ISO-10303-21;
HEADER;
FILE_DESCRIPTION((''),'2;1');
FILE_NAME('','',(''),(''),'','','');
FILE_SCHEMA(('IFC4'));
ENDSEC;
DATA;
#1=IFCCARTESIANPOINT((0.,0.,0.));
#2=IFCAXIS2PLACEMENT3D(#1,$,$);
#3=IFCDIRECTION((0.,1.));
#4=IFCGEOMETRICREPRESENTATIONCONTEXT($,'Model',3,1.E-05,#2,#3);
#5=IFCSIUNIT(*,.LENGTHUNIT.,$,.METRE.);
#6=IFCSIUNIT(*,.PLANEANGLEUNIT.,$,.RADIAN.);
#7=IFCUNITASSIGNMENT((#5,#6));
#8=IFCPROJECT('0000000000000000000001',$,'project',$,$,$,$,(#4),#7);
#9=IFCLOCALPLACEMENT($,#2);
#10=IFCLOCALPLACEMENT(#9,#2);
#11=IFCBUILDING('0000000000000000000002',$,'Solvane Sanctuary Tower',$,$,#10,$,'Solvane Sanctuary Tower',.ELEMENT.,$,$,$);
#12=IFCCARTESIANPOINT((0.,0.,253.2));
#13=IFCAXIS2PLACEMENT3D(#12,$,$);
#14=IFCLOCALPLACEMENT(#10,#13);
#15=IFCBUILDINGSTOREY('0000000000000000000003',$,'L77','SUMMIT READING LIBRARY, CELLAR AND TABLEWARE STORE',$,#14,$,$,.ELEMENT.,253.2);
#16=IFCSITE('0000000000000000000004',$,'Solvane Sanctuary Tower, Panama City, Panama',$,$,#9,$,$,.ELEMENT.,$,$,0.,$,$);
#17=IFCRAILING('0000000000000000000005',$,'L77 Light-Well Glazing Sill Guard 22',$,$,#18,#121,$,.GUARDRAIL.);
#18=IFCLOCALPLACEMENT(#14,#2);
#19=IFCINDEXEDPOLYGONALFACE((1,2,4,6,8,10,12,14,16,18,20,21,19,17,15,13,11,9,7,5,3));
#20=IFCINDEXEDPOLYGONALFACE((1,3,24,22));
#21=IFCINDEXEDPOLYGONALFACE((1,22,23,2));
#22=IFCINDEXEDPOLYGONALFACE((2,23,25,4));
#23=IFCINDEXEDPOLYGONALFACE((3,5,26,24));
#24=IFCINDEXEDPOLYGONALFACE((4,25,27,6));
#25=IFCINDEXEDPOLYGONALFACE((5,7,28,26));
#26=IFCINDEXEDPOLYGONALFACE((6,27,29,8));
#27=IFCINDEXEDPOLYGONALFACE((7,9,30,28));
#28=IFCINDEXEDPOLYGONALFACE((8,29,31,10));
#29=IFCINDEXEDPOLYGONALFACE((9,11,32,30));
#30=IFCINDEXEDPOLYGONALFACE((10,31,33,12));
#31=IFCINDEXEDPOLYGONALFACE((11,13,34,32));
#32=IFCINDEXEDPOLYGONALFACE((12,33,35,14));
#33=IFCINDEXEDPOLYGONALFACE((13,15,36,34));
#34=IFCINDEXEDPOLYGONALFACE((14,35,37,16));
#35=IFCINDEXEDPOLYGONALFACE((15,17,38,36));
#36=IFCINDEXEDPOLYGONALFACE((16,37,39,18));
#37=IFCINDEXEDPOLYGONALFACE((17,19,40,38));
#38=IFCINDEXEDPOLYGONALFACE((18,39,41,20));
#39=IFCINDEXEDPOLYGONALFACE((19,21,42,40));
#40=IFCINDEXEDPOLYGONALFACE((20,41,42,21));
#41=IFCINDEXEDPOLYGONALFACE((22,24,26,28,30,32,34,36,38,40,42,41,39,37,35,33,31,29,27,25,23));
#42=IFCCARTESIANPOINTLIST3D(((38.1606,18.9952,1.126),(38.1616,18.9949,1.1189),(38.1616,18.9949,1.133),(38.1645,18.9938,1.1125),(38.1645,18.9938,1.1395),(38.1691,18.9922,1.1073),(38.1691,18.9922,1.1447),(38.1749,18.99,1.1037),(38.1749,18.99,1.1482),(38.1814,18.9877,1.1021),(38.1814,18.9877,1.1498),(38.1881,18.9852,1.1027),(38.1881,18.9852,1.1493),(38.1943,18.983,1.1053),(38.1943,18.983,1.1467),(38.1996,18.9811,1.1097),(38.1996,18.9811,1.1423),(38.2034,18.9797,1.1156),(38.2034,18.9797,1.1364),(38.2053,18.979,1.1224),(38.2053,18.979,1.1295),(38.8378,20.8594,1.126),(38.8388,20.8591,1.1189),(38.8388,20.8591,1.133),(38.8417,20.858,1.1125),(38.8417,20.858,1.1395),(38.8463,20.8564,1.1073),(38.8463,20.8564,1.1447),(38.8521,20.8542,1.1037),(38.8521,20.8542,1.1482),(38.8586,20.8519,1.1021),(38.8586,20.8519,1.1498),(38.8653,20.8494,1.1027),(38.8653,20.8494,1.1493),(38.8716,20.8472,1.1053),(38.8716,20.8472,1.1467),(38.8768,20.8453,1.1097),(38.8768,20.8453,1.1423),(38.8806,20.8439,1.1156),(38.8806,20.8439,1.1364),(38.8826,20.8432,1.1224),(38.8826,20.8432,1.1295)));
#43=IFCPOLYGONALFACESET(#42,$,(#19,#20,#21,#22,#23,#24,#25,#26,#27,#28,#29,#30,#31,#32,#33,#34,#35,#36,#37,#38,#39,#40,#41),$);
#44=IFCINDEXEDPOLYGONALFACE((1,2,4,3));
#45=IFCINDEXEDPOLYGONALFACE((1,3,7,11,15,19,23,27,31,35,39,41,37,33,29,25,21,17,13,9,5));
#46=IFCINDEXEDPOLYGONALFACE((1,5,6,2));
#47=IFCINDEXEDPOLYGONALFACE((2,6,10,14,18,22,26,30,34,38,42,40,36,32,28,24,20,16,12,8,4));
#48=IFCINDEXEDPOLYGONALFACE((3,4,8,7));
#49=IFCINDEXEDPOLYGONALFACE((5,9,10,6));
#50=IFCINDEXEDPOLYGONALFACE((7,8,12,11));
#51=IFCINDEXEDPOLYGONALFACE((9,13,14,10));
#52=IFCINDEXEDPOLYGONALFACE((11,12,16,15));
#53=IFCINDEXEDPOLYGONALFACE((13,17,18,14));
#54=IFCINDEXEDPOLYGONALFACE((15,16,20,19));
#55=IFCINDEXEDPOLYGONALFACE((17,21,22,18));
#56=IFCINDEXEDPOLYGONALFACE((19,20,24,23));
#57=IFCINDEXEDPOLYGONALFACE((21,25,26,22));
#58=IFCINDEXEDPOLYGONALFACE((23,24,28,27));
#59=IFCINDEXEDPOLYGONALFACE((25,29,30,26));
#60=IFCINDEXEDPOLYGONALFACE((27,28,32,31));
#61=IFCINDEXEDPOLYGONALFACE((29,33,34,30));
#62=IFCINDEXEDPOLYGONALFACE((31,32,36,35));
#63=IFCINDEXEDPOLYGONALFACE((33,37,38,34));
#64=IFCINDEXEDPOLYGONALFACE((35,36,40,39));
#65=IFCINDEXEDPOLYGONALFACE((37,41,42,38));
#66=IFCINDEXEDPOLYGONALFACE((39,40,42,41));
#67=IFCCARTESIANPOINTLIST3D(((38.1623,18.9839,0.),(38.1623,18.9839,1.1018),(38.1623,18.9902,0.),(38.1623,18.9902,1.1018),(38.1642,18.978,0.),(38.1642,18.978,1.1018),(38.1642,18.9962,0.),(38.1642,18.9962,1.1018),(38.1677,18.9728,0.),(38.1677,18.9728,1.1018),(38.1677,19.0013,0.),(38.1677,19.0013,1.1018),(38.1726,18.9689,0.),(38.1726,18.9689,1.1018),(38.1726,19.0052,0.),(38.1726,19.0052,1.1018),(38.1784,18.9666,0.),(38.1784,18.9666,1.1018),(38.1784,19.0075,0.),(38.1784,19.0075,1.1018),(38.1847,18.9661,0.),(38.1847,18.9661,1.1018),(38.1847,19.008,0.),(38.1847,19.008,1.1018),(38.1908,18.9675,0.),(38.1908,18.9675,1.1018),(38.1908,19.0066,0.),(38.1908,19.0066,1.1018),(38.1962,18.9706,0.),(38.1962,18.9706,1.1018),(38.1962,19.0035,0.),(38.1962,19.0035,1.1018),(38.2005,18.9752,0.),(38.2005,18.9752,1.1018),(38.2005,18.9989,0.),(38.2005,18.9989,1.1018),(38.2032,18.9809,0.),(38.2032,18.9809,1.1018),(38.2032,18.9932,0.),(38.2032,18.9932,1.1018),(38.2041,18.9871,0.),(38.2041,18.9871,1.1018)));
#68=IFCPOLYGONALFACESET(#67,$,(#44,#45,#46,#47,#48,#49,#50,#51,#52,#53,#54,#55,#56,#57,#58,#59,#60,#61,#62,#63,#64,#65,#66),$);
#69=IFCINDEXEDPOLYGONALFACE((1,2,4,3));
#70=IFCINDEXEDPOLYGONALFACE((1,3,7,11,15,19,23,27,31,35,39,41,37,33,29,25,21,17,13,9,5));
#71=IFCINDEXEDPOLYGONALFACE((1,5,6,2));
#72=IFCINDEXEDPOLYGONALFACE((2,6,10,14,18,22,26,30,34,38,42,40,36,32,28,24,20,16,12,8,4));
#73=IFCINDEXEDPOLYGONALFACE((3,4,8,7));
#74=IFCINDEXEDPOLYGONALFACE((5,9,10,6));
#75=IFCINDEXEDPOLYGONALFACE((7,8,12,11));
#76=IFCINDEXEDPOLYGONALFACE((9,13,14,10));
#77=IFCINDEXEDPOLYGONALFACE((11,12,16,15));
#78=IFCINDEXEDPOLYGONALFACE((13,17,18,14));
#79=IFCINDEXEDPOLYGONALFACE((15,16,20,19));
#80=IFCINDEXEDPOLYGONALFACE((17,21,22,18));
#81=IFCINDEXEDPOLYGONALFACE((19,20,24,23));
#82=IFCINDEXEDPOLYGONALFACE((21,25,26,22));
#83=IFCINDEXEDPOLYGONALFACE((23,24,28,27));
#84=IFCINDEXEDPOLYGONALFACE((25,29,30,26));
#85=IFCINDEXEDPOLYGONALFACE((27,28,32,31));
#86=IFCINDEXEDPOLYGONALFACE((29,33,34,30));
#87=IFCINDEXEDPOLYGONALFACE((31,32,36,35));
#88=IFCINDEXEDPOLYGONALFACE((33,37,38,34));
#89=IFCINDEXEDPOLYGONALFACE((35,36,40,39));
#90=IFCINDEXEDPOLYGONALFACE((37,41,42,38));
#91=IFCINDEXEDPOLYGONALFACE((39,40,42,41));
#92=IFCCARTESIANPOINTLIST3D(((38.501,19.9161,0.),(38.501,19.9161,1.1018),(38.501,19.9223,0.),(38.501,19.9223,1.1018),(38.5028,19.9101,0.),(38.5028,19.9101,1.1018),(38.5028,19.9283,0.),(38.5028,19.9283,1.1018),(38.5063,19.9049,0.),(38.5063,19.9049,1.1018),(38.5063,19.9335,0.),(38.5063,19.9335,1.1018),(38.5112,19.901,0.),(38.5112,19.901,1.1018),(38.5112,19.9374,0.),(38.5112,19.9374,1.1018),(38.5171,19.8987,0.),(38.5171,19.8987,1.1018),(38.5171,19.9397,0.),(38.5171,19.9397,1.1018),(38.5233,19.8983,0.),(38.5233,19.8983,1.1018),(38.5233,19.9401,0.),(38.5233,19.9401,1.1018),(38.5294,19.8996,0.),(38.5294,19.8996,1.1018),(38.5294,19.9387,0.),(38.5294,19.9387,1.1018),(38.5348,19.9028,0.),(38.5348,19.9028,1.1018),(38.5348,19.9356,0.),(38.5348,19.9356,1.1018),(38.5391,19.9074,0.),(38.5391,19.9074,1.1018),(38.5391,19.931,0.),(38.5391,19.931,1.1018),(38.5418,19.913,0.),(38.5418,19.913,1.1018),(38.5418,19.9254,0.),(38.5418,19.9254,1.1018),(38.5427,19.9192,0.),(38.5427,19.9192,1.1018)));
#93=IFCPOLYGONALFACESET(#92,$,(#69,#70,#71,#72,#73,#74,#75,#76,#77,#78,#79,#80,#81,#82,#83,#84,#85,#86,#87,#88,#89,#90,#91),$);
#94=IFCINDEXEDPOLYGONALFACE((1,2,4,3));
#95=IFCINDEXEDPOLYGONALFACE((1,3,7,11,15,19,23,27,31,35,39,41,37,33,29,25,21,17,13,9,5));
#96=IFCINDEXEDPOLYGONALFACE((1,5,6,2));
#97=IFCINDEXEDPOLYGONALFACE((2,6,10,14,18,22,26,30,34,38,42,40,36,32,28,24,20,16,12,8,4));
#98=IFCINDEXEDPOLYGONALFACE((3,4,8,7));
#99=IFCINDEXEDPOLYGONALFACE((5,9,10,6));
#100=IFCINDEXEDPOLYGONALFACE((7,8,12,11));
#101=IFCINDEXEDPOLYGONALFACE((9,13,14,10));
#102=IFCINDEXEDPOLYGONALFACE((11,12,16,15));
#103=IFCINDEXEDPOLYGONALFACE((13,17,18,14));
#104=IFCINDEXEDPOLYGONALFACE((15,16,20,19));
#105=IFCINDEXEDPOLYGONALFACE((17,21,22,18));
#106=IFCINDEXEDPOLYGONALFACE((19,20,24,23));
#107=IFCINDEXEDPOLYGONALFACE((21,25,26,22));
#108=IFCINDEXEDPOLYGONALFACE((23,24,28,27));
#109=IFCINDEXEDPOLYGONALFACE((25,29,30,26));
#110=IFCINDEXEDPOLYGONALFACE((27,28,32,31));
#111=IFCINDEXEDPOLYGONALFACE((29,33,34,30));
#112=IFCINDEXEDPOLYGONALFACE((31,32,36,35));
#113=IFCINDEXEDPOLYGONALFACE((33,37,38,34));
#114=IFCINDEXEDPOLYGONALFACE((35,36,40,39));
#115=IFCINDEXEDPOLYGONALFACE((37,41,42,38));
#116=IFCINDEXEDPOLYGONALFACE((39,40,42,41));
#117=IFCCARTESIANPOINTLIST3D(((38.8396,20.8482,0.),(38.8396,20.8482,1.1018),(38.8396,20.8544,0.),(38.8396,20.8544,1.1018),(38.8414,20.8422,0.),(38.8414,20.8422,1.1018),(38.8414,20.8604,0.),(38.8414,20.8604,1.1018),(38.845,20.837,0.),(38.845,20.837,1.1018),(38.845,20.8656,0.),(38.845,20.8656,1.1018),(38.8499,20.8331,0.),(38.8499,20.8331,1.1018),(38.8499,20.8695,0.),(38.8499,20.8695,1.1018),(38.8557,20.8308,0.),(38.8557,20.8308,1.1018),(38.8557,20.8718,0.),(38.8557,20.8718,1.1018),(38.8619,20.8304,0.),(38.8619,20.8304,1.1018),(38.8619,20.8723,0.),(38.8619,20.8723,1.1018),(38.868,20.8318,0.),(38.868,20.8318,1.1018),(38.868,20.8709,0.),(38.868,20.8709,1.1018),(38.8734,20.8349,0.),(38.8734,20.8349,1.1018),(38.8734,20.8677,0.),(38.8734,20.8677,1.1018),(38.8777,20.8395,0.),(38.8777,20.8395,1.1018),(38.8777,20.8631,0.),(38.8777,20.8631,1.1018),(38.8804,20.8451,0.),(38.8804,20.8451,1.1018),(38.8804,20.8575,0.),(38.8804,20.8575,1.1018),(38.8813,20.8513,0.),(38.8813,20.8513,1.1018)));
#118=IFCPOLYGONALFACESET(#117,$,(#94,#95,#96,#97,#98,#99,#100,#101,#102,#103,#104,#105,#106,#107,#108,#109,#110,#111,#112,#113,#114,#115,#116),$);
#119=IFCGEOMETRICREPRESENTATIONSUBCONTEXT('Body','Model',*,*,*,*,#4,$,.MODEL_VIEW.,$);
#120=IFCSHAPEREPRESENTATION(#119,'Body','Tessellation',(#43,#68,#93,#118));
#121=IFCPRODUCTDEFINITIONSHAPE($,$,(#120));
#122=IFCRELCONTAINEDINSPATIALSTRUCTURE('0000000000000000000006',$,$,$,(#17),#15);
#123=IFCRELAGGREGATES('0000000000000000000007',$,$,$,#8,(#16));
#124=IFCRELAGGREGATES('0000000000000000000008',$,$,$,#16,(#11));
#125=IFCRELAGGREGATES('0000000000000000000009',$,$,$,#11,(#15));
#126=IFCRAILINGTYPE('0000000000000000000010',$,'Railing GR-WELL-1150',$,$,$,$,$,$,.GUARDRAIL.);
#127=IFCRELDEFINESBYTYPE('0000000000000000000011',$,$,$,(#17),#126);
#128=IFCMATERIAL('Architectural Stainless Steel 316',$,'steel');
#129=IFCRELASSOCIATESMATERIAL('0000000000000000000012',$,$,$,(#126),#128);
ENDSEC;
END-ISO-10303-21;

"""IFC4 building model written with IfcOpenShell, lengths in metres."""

from ifc_helpers import new_model, si_unit, direction, frame, origin, origin_2d, place, context, subcontext, project, spatial, circle, extrude, material, type_object, element, save


model = new_model("IFC4")

# Units and contexts
model_context = context("Model", 3, precision=1e-05, world=origin(), true_north=direction((0.0, 1.0)))
body_context = subcontext(model_context, "Body", "Model", "MODEL_VIEW")
ifc_project = project(units=[si_unit("LENGTHUNIT", "METRE"), si_unit("PLANEANGLEUNIT", "RADIAN")], contexts=[model_context])

# Site, building, storey
site_placement = place(None, origin())
site = spatial("IfcSite", under=ifc_project, at=site_placement, Name="Solvane Sanctuary Tower, Panama City, Panama", CompositionType="ELEMENT", RefElevation=0.0)
building_placement = place(site_placement, origin())
building = spatial("IfcBuilding", under=site, at=building_placement, Name="Solvane Sanctuary Tower", LongName="Solvane Sanctuary Tower", CompositionType="ELEMENT")
storey_placement = place(building_placement, frame((0.0, 0.0, 253.2)))
storey = spatial("IfcBuildingStorey", under=building, at=storey_placement, Name="L77", Description="SUMMIT READING LIBRARY, CELLAR AND TABLEWARE STORE", CompositionType="ELEMENT", Elevation=253.2)

# Railing
ifc_material_1 = material(Name="Architectural Stainless Steel 316", Category="steel")
railing_type = type_object("IfcRailingType", Name="Railing GR-WELL-1150", PredefinedType="GUARDRAIL", material=ifc_material_1)
railing_1_placement = place(storey_placement, frame((38.1831, 18.9871, 0.0)))
element("IfcRailing", 1, at=railing_1_placement, inside=storey, type_object=railing_type, Name="L77 Light-Well Glazing Sill Guard 22", PredefinedType="GUARDRAIL", context=body_context, shape_type="SweptSolid", body=[
    extrude(circle(Radius=0.0239, at=origin_2d()), frame((0.0, 0.0, 1.126), z_axis=(0.341447, 0.939901, 0.0), x_axis=(-0.939901, 0.341447, 0.0)), (0.0, 0.0, 1.0), 1.9834),
    extrude(circle(Radius=0.021, at=origin_2d()), origin(), (0.0, 0.0, 1.0), 1.1018),
    extrude(circle(Radius=0.021, at=origin_2d()), frame((0.3386, 0.9321, 0.0)), (0.0, 0.0, 1.0), 1.1018),
    extrude(circle(Radius=0.021, at=origin_2d()), frame((0.6772, 1.8643, 0.0)), (0.0, 0.0, 1.0), 1.1018),
])

save(model, "model.ifc")
